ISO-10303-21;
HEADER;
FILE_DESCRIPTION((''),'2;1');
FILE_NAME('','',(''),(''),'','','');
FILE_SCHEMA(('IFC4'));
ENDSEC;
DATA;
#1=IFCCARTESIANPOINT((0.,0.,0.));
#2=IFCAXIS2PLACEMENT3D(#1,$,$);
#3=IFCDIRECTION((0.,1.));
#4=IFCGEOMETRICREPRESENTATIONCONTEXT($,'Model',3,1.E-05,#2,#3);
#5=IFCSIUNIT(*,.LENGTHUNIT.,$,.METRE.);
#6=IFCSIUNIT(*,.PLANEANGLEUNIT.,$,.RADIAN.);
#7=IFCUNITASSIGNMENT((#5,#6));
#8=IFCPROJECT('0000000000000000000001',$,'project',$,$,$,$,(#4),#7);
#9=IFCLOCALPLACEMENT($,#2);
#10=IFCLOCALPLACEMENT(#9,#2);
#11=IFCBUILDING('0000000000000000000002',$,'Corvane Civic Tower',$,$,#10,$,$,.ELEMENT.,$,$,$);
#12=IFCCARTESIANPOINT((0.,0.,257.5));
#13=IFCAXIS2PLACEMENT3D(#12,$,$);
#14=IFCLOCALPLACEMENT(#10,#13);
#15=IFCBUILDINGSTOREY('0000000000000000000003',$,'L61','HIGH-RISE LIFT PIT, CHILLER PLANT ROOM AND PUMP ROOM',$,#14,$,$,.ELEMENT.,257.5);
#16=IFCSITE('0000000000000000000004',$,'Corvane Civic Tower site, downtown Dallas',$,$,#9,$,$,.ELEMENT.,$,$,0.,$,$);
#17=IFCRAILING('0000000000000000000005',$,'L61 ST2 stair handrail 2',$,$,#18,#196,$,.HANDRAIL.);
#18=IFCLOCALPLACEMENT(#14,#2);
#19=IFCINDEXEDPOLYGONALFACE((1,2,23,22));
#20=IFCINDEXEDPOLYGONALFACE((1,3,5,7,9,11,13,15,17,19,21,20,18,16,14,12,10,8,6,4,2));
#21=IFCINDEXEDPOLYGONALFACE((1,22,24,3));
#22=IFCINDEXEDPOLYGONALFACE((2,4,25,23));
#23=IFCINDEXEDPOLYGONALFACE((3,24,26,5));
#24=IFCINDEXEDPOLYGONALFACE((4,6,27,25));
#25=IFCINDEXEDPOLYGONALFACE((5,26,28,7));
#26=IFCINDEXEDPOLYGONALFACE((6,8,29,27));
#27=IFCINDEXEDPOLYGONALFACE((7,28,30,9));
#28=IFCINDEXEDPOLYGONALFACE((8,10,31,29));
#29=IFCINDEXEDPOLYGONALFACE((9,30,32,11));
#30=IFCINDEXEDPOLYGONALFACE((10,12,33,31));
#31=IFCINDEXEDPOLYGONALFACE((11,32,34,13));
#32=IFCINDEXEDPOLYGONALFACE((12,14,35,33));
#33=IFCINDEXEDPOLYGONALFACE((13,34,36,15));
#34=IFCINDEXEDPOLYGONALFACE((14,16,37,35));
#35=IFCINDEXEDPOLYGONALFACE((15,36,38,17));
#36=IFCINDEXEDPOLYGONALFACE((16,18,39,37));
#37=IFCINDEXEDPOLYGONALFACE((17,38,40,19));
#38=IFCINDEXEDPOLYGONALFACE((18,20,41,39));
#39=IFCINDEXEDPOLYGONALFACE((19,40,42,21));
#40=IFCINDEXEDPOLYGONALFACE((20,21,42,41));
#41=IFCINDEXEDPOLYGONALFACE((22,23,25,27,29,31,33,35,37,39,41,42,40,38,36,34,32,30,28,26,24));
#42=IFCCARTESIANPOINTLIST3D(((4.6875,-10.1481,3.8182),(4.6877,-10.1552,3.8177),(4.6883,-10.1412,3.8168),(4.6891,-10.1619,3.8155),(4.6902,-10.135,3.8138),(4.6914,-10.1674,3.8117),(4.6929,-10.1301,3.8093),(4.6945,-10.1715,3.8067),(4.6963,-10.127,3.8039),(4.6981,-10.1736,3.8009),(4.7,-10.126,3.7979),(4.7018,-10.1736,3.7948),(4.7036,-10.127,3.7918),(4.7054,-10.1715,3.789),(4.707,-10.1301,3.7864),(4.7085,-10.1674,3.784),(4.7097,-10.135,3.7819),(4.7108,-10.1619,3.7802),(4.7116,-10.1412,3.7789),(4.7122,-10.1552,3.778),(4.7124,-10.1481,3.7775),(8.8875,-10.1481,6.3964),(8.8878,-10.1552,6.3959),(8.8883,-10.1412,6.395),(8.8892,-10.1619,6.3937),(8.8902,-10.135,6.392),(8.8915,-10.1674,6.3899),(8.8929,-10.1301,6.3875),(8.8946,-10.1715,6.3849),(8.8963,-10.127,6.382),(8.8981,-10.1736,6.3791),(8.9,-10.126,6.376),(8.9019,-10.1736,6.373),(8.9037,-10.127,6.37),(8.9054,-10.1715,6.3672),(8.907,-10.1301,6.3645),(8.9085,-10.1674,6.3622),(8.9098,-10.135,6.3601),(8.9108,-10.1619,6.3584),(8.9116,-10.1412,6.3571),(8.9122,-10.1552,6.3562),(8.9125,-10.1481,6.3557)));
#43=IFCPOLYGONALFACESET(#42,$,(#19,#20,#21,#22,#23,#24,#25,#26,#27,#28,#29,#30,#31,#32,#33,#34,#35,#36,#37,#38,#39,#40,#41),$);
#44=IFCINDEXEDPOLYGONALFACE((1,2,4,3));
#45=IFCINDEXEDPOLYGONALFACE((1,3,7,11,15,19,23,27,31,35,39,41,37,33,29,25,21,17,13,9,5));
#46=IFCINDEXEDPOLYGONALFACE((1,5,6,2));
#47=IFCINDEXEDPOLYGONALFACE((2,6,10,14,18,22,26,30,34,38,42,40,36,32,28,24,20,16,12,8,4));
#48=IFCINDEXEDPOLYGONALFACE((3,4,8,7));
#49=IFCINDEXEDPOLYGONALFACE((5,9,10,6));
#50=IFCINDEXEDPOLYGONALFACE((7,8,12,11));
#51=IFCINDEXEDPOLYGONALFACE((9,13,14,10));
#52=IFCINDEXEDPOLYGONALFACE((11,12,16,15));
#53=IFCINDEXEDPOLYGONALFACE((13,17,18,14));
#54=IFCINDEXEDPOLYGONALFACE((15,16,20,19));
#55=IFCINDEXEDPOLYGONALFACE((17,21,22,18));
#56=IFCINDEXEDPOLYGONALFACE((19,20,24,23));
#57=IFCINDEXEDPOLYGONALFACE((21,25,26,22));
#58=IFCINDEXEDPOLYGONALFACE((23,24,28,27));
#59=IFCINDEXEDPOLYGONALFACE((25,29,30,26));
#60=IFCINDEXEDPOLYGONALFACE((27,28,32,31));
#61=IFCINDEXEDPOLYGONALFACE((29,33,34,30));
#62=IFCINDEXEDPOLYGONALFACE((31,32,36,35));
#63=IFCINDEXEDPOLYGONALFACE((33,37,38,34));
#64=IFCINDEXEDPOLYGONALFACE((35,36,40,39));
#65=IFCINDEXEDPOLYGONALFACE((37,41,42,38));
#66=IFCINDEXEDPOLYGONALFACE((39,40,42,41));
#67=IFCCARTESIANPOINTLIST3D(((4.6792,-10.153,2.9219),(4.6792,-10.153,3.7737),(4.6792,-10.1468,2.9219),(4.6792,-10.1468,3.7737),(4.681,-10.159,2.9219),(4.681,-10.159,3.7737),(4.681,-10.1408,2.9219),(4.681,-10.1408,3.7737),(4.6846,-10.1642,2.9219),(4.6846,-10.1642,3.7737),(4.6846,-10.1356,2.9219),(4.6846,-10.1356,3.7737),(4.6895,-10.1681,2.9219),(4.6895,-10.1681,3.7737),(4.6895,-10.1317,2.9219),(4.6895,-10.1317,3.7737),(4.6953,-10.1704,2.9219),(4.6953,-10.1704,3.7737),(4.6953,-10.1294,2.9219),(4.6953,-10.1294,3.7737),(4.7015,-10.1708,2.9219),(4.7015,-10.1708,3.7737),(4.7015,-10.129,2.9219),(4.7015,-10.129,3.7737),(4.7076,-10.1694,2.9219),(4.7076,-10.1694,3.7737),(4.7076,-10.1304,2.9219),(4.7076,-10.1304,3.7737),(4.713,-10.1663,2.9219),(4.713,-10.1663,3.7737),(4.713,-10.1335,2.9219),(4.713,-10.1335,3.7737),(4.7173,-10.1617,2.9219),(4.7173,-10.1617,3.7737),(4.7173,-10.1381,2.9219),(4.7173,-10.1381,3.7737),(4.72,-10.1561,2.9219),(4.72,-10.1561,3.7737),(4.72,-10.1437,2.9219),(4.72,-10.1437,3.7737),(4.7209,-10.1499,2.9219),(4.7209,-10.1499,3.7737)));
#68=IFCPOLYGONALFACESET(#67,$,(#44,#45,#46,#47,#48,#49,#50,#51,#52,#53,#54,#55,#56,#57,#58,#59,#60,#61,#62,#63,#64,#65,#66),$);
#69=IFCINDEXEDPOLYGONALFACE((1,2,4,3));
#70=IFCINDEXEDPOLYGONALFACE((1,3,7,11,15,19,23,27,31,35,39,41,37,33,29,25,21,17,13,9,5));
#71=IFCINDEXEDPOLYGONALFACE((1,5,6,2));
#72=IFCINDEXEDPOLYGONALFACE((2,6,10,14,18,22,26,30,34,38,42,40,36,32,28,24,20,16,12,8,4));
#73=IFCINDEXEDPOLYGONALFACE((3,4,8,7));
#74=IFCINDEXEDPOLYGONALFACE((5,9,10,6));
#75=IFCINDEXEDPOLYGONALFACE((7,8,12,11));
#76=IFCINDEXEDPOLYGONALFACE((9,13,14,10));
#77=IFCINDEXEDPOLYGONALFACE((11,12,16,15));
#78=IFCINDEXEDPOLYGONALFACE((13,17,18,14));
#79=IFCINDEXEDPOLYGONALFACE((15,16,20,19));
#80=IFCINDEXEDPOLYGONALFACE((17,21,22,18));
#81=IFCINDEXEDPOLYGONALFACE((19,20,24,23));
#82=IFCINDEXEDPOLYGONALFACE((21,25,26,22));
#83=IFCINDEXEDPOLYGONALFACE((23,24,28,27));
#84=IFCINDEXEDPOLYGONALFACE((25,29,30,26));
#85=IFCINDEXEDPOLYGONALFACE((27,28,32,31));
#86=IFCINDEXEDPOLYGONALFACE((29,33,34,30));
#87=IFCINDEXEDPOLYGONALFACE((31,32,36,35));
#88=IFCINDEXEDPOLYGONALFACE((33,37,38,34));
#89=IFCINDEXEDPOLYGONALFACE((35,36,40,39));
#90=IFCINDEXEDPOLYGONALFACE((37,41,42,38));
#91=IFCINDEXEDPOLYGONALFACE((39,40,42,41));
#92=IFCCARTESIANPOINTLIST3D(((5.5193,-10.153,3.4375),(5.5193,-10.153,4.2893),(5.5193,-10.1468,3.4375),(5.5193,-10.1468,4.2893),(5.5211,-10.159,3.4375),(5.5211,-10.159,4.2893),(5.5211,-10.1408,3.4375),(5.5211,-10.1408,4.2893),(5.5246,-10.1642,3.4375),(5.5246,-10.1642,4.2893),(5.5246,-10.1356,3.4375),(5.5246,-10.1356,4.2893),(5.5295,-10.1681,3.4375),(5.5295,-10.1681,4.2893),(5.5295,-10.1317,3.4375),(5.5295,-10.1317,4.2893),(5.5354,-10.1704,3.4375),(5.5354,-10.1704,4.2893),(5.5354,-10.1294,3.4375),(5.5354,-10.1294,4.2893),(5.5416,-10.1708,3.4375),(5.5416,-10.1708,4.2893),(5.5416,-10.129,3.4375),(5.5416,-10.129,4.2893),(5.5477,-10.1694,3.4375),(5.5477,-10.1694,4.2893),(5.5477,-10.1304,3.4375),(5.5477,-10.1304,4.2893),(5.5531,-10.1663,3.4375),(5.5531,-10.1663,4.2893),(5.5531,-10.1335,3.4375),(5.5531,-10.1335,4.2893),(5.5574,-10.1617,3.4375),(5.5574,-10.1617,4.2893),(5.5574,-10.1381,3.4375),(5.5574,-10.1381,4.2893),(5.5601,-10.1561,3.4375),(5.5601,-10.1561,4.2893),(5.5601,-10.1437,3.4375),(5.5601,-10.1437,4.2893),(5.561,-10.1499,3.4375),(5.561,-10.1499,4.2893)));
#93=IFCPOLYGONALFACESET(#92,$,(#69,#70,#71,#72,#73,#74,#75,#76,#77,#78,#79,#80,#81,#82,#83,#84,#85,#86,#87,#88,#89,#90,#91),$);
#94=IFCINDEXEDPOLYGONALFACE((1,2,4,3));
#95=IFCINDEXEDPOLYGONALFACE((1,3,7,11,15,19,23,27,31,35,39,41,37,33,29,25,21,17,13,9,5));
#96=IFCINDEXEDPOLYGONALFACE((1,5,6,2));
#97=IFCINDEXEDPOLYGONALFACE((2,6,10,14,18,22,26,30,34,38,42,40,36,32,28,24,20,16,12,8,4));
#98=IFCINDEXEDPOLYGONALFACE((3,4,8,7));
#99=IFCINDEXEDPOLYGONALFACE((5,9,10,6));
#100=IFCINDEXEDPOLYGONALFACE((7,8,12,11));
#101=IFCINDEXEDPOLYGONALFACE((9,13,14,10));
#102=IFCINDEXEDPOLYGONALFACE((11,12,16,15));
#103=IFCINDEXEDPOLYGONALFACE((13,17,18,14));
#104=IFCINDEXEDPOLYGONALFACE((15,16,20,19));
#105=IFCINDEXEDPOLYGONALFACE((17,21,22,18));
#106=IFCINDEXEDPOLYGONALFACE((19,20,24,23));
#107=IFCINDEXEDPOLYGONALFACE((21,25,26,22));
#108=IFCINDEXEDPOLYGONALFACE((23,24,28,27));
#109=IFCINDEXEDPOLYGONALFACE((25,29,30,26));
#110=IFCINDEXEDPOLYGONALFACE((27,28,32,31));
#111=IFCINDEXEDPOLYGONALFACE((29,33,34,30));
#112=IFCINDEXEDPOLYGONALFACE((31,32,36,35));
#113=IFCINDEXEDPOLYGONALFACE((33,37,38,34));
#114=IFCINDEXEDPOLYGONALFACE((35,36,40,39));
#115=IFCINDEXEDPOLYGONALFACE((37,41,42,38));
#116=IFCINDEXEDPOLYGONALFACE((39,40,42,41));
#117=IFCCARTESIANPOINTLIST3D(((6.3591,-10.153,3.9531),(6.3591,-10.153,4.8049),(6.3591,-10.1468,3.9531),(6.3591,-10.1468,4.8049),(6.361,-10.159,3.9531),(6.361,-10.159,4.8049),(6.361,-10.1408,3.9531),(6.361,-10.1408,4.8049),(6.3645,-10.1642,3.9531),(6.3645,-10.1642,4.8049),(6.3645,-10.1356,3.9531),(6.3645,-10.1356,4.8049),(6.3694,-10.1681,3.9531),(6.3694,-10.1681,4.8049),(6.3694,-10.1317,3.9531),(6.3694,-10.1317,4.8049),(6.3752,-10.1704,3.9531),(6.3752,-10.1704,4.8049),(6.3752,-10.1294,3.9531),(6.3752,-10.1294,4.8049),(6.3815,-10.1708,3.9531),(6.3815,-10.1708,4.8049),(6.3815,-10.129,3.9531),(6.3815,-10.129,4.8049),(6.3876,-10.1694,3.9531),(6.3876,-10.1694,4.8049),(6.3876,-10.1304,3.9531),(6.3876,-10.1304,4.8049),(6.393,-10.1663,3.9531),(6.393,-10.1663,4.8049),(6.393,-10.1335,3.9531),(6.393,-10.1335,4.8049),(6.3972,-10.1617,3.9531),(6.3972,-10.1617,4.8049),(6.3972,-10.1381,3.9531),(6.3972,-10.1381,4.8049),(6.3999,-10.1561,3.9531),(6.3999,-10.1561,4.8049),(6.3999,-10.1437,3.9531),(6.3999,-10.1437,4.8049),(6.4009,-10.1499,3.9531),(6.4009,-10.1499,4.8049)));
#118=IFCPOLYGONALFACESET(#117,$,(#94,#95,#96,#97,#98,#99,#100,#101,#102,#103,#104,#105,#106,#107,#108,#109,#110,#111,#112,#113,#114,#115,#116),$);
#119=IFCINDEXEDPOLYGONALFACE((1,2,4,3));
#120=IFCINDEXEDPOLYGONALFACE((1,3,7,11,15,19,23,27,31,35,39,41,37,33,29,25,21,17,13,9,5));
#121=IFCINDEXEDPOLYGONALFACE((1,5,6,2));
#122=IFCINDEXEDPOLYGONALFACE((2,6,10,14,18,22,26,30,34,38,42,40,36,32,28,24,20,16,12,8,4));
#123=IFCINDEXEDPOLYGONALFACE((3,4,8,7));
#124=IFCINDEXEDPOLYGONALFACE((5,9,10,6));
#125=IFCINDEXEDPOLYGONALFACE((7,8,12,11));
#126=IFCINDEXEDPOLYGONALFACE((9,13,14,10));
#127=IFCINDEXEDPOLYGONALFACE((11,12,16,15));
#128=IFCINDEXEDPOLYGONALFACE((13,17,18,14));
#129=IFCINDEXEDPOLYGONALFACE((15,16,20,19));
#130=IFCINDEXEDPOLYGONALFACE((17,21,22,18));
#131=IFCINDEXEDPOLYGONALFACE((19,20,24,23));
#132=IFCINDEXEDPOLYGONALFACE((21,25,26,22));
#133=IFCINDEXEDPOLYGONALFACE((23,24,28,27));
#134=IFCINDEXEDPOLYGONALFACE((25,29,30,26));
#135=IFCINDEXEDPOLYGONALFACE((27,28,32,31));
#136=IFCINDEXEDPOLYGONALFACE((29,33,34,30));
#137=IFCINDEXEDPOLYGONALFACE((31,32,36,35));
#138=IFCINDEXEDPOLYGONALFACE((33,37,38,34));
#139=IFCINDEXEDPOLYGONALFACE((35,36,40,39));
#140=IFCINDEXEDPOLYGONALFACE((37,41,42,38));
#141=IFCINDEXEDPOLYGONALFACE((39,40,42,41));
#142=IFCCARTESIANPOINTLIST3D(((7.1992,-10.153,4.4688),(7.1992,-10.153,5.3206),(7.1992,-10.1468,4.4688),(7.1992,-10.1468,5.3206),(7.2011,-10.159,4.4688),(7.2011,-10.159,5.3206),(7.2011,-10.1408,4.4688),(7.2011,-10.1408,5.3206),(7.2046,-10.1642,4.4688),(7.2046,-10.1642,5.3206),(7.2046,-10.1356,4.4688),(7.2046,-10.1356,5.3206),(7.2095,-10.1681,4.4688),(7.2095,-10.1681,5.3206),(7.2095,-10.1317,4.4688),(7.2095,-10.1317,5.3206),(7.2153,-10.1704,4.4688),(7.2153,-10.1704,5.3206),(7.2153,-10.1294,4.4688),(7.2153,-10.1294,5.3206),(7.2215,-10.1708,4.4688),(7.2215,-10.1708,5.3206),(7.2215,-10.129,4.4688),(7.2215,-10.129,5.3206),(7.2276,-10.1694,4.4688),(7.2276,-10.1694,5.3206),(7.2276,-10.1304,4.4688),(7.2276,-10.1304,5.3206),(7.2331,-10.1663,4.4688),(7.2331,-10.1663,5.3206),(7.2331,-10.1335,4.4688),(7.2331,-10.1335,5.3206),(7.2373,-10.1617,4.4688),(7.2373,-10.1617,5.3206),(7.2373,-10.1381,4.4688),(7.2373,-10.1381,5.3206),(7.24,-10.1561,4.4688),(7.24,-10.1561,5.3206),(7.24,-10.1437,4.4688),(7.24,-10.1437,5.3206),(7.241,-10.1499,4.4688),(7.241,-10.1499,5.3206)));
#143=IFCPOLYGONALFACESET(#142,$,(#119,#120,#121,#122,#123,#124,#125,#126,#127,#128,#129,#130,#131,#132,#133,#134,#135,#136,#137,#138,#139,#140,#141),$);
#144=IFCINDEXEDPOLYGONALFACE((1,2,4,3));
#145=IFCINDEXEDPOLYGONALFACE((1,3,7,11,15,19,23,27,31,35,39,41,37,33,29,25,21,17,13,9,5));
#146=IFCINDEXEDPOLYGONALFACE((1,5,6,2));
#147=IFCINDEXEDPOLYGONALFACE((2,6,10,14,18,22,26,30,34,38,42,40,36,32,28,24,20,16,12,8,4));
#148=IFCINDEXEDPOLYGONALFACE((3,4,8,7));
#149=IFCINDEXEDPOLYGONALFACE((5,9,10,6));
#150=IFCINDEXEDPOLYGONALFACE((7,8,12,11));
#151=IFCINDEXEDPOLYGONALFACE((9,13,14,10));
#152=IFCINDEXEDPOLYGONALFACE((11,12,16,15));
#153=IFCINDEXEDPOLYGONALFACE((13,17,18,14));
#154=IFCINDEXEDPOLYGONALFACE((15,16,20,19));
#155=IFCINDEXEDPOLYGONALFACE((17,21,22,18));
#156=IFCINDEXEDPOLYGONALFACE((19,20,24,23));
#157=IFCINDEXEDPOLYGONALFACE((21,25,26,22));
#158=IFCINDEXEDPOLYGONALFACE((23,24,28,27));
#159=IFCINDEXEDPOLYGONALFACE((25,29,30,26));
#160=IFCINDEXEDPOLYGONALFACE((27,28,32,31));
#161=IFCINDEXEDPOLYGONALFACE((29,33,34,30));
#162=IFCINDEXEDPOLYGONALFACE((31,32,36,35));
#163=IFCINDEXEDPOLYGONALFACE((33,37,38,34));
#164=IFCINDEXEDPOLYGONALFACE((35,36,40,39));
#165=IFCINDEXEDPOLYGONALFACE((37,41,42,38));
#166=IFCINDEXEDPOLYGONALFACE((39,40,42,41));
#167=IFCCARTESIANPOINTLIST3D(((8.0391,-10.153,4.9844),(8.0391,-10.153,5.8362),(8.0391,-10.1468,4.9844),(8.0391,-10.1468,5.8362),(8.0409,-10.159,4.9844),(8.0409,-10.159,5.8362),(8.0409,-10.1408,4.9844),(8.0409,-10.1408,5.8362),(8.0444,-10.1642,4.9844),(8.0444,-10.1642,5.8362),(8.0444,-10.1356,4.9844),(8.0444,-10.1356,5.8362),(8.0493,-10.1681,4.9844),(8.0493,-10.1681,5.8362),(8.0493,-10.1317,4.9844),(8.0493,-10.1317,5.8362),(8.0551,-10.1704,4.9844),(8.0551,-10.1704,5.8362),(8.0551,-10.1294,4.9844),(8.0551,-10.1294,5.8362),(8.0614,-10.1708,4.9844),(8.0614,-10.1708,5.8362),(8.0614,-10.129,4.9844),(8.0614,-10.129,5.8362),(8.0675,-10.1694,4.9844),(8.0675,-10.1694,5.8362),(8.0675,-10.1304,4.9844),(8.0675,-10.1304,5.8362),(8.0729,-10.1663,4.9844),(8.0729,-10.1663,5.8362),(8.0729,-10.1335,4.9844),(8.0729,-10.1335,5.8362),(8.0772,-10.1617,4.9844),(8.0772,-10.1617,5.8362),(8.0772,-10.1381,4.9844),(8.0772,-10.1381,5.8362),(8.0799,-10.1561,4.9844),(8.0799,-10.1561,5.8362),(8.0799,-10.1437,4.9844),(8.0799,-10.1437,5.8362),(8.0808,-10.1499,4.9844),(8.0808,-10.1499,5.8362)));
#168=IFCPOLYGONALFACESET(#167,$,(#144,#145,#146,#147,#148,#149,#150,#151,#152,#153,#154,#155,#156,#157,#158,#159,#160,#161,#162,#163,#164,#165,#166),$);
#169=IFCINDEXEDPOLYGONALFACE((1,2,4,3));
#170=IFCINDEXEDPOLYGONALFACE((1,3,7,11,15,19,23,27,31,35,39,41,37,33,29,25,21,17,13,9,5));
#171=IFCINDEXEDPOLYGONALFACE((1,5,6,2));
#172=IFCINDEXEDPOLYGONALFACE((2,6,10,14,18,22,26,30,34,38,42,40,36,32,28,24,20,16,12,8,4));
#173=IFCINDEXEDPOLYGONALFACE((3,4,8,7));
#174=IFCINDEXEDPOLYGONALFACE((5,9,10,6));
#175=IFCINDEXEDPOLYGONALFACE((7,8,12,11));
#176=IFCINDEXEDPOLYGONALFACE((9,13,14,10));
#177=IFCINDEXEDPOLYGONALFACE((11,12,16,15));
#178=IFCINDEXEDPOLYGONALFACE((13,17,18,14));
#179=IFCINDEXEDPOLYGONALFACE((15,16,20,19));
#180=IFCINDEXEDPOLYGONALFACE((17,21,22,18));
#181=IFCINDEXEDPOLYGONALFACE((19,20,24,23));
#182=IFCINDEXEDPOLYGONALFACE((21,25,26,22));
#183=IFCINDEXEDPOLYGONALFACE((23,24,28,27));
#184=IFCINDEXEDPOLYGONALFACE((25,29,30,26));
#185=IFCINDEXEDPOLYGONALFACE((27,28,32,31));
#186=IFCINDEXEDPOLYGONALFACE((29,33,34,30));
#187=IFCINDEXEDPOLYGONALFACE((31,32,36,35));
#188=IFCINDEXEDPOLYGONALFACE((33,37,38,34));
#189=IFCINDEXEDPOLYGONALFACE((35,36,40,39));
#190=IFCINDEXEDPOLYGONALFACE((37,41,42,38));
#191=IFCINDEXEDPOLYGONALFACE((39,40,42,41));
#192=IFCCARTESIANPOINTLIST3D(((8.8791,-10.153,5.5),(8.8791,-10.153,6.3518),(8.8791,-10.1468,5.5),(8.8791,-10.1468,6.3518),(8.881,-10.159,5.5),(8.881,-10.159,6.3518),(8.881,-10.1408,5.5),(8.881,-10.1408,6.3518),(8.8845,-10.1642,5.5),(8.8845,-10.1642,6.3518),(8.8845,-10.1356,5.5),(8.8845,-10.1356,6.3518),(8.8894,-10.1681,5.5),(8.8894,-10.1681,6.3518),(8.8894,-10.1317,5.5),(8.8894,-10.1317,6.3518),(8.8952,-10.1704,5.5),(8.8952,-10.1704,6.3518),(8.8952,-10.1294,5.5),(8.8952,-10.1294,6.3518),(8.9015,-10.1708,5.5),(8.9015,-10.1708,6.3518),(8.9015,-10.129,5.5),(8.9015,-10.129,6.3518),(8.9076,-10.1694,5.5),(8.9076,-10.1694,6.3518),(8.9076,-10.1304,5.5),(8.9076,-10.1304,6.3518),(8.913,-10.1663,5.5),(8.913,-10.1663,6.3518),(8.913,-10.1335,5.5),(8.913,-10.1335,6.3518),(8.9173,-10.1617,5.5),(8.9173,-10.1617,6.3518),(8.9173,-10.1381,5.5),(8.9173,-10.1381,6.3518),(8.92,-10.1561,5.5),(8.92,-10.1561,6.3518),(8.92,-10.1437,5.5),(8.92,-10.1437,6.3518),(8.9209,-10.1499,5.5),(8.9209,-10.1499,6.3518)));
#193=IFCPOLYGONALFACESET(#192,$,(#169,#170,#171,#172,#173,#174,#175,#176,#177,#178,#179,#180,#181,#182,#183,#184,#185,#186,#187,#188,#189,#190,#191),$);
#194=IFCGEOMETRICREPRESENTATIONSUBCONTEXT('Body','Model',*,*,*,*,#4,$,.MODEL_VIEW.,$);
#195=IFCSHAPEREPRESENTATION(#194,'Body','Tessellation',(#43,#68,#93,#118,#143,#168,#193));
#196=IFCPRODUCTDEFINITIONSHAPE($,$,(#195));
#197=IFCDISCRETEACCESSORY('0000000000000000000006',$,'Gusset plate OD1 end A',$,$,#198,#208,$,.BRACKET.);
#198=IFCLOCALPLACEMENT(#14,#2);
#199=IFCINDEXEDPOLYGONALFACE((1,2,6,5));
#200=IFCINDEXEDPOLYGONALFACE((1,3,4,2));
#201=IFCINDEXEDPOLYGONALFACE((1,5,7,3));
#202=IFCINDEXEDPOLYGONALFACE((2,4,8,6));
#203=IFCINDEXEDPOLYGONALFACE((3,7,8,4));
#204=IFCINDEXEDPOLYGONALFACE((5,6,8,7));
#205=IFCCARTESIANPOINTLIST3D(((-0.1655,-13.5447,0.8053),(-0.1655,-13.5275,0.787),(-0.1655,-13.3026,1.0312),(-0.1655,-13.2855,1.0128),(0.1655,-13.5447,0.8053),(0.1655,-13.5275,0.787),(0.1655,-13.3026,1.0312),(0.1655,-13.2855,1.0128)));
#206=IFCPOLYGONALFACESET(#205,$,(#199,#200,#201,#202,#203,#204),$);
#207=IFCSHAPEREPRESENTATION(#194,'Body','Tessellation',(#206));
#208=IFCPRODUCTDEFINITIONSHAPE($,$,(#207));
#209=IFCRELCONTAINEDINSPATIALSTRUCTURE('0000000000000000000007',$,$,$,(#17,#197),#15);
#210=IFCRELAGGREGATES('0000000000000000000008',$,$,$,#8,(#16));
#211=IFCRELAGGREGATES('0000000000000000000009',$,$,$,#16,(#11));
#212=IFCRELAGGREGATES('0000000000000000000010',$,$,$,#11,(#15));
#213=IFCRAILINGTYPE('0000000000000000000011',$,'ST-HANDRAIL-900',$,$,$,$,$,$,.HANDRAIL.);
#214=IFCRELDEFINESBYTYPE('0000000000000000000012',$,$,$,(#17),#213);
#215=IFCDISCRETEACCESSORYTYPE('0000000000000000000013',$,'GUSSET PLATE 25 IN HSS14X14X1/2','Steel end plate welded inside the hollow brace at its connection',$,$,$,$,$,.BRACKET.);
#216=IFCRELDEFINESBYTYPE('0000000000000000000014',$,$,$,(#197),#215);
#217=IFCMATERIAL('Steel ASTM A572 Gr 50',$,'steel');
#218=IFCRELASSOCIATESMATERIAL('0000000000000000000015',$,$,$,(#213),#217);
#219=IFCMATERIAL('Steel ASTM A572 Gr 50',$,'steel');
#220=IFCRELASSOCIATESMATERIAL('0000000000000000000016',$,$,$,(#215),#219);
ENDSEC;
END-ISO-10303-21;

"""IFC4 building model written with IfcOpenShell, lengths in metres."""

from ifc_helpers import new_model, si_unit, direction, frame, origin, origin_2d, place, context, subcontext, project, spatial, rectangle, circle, extrude, material, material_profile, profile_set, type_object, element, save


model = new_model("IFC4")

# Units and contexts
model_context = context("Model", 3, precision=1e-05, world=origin(), true_north=direction((0.0, 1.0)))
body_context = subcontext(model_context, "Body", "Model", "MODEL_VIEW")
ifc_project = project(units=[si_unit("LENGTHUNIT", "METRE"), si_unit("PLANEANGLEUNIT", "RADIAN")], contexts=[model_context])

# Site, building, storey
site_placement = place(None, origin())
site = spatial("IfcSite", under=ifc_project, at=site_placement, Name="Corvane Civic Tower site, downtown Dallas", CompositionType="ELEMENT", RefElevation=0.0)
building_placement = place(site_placement, origin())
building = spatial("IfcBuilding", under=site, at=building_placement, Name="Corvane Civic Tower", CompositionType="ELEMENT")
storey_placement = place(building_placement, frame((0.0, 0.0, 257.5)))
storey = spatial("IfcBuildingStorey", under=building, at=storey_placement, Name="L61", Description="HIGH-RISE LIFT PIT, CHILLER PLANT ROOM AND PUMP ROOM", CompositionType="ELEMENT", Elevation=257.5)

# Railing
ifc_material_1 = material(Name="Steel ASTM A572 Gr 50", Category="steel")
railing_type_1 = type_object("IfcRailingType", Name="ST-HANDRAIL-900", PredefinedType="HANDRAIL", material=ifc_material_1)
railing_1_placement = place(storey_placement, frame((4.7, -10.1499, 2.9219)))
element("IfcRailing", 1, at=railing_1_placement, inside=storey, type_object=railing_type_1, Name="L61 ST2 stair handrail 2", PredefinedType="HANDRAIL", context=body_context, shape_type="SweptSolid", body=[
    extrude(circle(Radius=0.0239, at=origin_2d()), frame((0.0, 0.0, 0.876), z_axis=(0.852243, 0.0, 0.523146), x_axis=(0.0, 1.0, 0.0)), (0.0, 0.0, 1.0), 4.9282),
    extrude(circle(Radius=0.021, at=origin_2d()), origin(), (0.0, 0.0, 1.0), 0.8518),
    extrude(circle(Radius=0.021, at=origin_2d()), frame((0.8401, 0.0, 0.5156)), (0.0, 0.0, 1.0), 0.8518),
    extrude(circle(Radius=0.021, at=origin_2d()), frame((1.6799, 0.0, 1.0312)), (0.0, 0.0, 1.0), 0.8518),
    extrude(circle(Radius=0.021, at=origin_2d()), frame((2.52, 0.0, 1.5469)), (0.0, 0.0, 1.0), 0.8518),
    extrude(circle(Radius=0.021, at=origin_2d()), frame((3.3599, 0.0, 2.0625)), (0.0, 0.0, 1.0), 0.8518),
    extrude(circle(Radius=0.021, at=origin_2d()), frame((4.2, 0.0, 2.5781)), (0.0, 0.0, 1.0), 0.8518),
])

# Discrete accessory
ifc_material_2 = material(Name="Steel ASTM A572 Gr 50", Category="steel")
ifc_material_profile_1 = material_profile(ifc_material_2, rectangle(XDim=0.3311, YDim=0.3311, at=origin_2d()), Name="GUSSET PLATE 25 IN HSS14X14X1/2")
ifc_profile_set_1 = profile_set([ifc_material_profile_1], Name="Steel ASTM A572 Gr 50")
discrete_accessory_type_1 = type_object("IfcDiscreteAccessoryType", Name="GUSSET PLATE 25 IN HSS14X14X1/2", Description="Steel end plate welded inside the hollow brace at its connection", PredefinedType="BRACKET", material=ifc_profile_set_1)
discrete_accessory_1_placement = place(storey_placement, frame((0.0, -13.4065, 0.8999), z_axis=(0.0, -0.682318, 0.731055), x_axis=(1.0, 0.0, 0.0)))
element("IfcDiscreteAccessory", 2, at=discrete_accessory_1_placement, inside=storey, type_object=discrete_accessory_type_1, Name="Gusset plate OD1 end A", PredefinedType="BRACKET", context=body_context, shape_type="SweptSolid", body=[
    extrude(rectangle(XDim=0.3311, YDim=0.3311, at=origin_2d()), origin(), (0.0, 0.0, 1.0), 0.0251),
])

save(model, "model.ifc")
